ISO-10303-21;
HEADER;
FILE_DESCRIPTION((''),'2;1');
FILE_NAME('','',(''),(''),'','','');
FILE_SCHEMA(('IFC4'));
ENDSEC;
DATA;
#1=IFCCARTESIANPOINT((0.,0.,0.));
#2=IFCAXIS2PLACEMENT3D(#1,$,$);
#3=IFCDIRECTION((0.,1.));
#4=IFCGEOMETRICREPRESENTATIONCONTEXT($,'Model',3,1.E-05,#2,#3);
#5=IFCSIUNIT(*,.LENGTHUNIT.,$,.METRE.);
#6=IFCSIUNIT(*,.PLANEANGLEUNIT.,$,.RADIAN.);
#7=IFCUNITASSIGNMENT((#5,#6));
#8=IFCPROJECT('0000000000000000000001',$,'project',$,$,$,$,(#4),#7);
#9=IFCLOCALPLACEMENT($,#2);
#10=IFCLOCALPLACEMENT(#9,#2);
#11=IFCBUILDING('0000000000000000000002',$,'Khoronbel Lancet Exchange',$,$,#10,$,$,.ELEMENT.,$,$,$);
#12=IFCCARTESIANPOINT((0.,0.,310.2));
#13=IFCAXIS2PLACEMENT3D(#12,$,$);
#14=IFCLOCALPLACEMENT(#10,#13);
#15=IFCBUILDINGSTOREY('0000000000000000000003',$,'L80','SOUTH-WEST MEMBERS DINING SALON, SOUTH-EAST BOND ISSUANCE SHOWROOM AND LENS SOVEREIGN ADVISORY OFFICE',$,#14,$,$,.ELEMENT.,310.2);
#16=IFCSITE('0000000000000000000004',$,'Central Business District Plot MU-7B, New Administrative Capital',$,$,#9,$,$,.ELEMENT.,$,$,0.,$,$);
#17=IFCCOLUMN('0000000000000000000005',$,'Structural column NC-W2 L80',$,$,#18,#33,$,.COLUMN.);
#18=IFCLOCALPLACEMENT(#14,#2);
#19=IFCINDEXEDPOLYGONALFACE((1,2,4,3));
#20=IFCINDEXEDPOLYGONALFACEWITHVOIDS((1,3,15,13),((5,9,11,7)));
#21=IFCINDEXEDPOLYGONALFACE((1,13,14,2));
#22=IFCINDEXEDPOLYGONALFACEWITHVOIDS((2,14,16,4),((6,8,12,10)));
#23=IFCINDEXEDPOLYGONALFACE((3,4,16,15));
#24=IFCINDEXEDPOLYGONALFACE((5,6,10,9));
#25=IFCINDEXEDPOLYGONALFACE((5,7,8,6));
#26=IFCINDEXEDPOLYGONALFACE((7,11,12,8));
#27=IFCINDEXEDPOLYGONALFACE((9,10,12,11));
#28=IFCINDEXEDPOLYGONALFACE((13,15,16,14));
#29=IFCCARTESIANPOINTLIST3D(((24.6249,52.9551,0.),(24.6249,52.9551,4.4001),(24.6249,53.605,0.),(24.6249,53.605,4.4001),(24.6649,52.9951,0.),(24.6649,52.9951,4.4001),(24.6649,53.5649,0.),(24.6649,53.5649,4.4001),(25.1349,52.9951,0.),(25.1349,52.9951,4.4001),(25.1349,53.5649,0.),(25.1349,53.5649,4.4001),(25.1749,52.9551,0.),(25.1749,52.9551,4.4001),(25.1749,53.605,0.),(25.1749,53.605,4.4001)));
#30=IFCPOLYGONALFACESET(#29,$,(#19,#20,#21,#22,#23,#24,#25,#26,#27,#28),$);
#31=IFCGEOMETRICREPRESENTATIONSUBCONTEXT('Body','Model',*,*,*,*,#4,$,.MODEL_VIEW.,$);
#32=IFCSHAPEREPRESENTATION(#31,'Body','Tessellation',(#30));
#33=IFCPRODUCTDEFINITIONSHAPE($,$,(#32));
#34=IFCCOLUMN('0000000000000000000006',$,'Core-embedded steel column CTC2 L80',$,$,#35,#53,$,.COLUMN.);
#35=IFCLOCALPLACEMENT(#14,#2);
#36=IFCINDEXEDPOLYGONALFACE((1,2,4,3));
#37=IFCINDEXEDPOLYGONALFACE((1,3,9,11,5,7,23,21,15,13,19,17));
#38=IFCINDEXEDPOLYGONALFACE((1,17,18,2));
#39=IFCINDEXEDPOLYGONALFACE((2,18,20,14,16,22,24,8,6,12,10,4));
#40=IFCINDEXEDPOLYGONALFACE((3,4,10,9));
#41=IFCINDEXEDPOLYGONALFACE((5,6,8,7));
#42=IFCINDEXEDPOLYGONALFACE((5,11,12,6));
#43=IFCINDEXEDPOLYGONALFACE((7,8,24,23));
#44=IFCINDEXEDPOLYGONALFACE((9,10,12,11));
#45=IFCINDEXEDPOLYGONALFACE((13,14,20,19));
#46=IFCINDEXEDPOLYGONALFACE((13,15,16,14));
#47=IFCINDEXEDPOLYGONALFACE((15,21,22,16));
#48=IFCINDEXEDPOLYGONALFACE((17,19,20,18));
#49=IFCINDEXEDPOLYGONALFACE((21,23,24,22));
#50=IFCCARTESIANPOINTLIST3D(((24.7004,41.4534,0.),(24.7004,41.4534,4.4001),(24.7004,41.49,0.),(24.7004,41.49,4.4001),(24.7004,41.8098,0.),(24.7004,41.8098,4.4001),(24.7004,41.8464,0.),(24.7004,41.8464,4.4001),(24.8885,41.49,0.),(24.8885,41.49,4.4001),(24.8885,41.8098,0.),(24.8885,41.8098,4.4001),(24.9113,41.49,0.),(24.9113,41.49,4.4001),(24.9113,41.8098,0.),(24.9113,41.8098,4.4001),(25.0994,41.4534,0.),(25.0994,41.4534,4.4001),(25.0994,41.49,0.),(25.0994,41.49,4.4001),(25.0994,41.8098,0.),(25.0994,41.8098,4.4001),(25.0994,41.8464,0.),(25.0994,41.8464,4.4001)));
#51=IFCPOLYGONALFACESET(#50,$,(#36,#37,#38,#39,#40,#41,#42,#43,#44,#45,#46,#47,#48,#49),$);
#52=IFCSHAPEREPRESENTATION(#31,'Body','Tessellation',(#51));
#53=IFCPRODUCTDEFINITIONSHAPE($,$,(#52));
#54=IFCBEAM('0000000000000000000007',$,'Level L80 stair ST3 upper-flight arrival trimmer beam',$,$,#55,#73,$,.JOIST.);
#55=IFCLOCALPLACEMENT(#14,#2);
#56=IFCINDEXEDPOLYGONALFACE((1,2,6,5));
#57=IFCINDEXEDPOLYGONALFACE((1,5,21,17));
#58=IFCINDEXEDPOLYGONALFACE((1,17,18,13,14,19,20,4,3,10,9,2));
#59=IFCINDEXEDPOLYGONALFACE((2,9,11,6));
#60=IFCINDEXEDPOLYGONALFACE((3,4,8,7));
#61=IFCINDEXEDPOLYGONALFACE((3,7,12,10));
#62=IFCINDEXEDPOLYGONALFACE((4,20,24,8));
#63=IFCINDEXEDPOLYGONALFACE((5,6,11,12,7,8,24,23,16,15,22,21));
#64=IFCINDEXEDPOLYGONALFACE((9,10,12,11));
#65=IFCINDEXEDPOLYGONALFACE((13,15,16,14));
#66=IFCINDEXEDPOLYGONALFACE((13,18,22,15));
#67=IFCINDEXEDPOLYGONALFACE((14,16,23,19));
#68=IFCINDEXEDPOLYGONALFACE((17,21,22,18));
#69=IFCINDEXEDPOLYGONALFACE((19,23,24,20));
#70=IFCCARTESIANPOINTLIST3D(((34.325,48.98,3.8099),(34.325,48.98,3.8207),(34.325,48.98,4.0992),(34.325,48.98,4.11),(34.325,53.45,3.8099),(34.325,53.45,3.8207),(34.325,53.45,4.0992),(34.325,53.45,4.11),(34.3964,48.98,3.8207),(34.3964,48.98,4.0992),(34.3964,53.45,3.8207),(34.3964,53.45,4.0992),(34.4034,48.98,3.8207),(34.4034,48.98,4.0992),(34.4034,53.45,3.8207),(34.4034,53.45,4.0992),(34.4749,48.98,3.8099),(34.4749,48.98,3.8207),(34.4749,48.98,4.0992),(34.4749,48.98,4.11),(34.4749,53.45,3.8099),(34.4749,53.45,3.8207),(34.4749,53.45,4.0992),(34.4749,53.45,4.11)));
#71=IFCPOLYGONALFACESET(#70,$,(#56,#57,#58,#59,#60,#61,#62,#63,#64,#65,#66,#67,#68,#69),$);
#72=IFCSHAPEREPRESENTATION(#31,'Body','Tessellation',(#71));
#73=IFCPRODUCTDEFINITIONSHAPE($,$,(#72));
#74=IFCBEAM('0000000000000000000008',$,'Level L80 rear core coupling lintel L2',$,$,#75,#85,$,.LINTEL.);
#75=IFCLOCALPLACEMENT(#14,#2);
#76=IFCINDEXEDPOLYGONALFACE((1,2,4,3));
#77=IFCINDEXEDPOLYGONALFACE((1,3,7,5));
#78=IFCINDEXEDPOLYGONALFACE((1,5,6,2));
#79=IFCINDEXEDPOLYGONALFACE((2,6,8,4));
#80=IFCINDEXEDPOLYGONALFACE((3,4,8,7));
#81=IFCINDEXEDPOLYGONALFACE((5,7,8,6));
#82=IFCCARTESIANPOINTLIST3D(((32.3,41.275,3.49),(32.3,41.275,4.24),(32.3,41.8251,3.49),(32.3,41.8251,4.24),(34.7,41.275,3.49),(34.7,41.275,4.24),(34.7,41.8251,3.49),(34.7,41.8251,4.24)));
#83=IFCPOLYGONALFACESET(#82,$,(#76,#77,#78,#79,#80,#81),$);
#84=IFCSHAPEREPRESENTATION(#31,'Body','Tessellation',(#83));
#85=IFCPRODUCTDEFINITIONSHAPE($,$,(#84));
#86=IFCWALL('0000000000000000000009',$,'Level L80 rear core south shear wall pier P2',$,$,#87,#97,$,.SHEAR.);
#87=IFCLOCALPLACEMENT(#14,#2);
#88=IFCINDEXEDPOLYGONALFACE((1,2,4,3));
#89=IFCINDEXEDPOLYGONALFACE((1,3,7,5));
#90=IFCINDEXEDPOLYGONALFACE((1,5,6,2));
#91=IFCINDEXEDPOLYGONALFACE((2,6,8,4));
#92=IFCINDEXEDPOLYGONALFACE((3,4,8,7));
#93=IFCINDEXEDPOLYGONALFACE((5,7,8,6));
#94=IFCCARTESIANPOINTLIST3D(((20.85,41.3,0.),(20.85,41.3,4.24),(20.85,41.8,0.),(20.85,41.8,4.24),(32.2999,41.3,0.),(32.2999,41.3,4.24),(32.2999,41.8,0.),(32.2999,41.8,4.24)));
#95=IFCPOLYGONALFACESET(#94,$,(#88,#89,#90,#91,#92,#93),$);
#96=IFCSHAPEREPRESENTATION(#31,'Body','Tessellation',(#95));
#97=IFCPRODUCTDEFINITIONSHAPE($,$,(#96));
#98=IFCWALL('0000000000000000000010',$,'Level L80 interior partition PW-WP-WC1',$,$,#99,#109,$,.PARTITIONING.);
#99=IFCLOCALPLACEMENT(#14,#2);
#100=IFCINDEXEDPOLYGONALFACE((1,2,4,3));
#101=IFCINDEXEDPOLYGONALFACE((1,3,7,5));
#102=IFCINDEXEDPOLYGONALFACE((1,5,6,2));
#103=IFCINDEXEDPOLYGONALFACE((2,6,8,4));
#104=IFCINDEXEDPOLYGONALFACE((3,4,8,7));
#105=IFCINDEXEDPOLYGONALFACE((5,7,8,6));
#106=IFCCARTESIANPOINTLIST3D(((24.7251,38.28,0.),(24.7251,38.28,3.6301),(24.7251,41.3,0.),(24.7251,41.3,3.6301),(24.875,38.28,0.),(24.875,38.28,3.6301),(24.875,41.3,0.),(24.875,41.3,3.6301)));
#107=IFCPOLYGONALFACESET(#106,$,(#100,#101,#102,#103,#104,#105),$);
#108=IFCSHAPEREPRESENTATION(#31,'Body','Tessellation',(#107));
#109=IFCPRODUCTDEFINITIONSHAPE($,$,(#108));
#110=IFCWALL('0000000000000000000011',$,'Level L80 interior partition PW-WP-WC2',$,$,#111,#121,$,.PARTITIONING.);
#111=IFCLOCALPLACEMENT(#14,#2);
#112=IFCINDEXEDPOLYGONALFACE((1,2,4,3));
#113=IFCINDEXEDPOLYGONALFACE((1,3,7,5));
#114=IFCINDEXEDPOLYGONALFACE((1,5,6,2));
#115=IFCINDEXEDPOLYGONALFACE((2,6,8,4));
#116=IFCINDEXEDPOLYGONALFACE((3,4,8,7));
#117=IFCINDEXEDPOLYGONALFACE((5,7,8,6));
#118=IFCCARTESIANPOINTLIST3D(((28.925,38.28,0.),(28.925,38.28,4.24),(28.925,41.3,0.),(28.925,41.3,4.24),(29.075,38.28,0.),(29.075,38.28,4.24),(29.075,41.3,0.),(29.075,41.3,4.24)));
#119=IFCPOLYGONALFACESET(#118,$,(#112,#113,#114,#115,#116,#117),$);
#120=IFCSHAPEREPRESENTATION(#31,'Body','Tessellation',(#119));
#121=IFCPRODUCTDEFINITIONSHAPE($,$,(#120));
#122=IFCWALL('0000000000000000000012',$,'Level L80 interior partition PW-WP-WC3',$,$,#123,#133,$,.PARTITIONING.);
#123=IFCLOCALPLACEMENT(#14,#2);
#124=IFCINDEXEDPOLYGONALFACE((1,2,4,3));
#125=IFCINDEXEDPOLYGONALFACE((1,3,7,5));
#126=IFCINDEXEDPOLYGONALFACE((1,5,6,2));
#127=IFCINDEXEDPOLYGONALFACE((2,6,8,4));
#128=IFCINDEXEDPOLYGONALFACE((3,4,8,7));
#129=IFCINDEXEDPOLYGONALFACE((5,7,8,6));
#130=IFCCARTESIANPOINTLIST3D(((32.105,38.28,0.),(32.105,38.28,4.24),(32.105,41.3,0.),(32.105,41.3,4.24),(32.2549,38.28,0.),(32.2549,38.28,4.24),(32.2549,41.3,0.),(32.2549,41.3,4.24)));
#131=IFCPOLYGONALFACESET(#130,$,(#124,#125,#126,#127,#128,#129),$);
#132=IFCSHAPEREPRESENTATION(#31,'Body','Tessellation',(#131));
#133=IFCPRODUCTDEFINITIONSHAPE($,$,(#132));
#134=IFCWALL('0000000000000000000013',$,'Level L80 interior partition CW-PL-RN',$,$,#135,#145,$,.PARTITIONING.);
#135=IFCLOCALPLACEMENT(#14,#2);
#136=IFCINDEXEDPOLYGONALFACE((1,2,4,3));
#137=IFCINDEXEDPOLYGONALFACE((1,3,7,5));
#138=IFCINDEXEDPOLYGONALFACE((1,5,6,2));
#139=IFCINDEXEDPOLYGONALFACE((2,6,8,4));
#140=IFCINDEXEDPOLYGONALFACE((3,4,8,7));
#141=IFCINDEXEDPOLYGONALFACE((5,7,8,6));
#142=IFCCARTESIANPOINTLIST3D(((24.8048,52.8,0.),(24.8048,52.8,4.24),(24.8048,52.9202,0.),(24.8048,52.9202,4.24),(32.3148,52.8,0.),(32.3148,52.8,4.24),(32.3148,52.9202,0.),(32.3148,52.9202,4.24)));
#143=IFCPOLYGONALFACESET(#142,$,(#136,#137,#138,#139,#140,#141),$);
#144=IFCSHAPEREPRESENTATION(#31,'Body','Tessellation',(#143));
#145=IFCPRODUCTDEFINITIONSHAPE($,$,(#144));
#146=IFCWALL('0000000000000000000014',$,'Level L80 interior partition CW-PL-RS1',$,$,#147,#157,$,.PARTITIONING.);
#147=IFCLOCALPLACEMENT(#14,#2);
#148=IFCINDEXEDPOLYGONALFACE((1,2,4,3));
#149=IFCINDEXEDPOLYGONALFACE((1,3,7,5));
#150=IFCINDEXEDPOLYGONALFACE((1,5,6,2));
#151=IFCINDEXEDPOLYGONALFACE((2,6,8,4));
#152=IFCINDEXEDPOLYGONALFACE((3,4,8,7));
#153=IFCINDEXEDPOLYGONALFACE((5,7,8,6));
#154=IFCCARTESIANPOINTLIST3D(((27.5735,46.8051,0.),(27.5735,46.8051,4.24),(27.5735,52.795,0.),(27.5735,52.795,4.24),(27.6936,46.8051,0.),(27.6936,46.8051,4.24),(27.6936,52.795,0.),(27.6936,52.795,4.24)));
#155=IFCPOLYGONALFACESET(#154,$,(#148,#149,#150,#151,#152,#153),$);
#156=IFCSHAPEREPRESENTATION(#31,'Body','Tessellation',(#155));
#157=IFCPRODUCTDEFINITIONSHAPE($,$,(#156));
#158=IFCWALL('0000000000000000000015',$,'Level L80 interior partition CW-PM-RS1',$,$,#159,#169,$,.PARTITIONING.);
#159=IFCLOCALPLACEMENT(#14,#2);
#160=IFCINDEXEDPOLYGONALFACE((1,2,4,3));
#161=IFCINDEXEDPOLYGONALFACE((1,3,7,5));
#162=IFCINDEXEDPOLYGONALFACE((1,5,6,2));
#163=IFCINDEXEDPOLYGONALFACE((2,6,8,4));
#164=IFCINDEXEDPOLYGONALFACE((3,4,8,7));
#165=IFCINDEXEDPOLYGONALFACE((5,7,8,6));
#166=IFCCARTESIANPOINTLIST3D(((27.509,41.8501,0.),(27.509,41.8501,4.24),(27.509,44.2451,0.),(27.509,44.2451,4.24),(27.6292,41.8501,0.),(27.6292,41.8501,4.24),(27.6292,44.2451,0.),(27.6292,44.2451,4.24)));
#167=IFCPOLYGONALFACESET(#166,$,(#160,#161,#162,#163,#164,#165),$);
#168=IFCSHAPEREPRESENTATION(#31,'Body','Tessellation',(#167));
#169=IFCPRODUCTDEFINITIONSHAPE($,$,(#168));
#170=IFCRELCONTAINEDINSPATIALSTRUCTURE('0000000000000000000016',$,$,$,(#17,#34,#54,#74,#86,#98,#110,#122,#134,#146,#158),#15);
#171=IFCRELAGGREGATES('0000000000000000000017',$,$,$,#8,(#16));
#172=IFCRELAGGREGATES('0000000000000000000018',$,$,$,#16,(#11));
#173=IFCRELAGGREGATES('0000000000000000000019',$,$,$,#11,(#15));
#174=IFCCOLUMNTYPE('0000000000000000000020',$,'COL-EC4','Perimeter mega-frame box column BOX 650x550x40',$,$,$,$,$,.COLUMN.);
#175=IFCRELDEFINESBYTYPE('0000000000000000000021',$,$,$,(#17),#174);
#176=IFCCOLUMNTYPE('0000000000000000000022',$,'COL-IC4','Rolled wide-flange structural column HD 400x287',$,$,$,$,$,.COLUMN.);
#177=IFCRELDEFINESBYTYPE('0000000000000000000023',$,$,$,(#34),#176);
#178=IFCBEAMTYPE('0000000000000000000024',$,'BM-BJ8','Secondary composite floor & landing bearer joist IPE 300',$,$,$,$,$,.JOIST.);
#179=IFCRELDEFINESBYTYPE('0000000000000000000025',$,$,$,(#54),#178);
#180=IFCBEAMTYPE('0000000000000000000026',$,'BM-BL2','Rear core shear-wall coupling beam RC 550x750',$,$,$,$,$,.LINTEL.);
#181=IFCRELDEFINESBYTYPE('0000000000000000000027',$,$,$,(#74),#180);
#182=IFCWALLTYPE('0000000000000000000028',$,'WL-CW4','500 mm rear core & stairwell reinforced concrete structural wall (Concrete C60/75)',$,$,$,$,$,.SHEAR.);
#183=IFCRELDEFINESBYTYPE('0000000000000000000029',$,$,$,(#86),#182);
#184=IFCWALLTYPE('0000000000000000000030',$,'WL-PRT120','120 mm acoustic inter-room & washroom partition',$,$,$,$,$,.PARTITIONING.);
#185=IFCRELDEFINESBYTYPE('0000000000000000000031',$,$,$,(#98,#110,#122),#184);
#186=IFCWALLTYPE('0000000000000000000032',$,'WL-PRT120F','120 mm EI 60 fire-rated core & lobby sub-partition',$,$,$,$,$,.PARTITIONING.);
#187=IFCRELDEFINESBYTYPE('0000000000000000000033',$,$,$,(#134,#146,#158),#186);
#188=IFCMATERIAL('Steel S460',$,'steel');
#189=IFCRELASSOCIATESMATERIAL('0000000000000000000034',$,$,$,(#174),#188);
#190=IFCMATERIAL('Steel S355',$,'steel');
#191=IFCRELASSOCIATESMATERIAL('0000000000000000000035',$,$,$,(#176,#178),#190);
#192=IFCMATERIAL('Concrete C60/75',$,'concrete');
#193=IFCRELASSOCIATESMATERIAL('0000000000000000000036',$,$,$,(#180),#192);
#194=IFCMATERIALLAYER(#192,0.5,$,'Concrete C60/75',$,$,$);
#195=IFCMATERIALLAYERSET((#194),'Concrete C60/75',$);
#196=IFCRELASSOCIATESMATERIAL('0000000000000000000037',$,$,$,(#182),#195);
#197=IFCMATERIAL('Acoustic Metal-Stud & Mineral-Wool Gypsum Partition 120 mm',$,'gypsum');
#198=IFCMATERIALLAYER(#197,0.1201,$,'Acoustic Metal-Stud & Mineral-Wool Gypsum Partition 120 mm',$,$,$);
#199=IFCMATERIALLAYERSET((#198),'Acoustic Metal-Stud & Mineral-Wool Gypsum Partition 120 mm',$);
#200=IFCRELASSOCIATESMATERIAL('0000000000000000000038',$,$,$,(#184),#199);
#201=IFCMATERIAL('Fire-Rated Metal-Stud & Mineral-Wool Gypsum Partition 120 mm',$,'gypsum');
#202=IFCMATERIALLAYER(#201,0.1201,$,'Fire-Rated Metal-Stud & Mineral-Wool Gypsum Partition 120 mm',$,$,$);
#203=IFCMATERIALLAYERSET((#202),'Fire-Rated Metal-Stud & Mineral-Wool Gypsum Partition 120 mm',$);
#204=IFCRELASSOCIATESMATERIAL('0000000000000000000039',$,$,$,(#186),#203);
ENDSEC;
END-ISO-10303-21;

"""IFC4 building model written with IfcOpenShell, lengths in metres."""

from ifc_helpers import new_model, si_unit, direction, frame, frame_2d, origin, origin_2d, place, context, subcontext, project, spatial, rectangle, hollow_rectangle, i_section, extrude, material, layer, layer_set, material_profile, profile_set, type_object, element, save


model = new_model("IFC4")

# Units and contexts
model_context = context("Model", 3, precision=1e-05, world=origin(), true_north=direction((0.0, 1.0)))
body_context = subcontext(model_context, "Body", "Model", "MODEL_VIEW")
ifc_project = project(units=[si_unit("LENGTHUNIT", "METRE"), si_unit("PLANEANGLEUNIT", "RADIAN")], contexts=[model_context])

# Site, building, storey
site_placement = place(None, origin())
site = spatial("IfcSite", under=ifc_project, at=site_placement, Name="Central Business District Plot MU-7B, New Administrative Capital", CompositionType="ELEMENT", RefElevation=0.0)
building_placement = place(site_placement, origin())
building = spatial("IfcBuilding", under=site, at=building_placement, Name="Khoronbel Lancet Exchange", CompositionType="ELEMENT")
storey_placement = place(building_placement, frame((0.0, 0.0, 310.2)))
storey = spatial("IfcBuildingStorey", under=building, at=storey_placement, Name="L80", Description="SOUTH-WEST MEMBERS DINING SALON, SOUTH-EAST BOND ISSUANCE SHOWROOM AND LENS SOVEREIGN ADVISORY OFFICE", CompositionType="ELEMENT", Elevation=310.2)

# Columns
ifc_material_1 = material(Name="Steel S460", Category="steel")
ifc_material_profile_1 = material_profile(ifc_material_1, hollow_rectangle(XDim=0.55, YDim=0.6499, WallThickness=0.04, at=origin_2d()), Name="BOX 650x550x40")
ifc_profile_set_1 = profile_set([ifc_material_profile_1], Name="Steel S460")
column_type_1 = type_object("IfcColumnType", Name="COL-EC4", Description="Perimeter mega-frame box column BOX 650x550x40", PredefinedType="COLUMN", material=ifc_profile_set_1)
column_1_placement = place(storey_placement, frame((24.8999, 53.28, 0.0), z_axis=(0.0, 0.0, 1.0), x_axis=(1.0, 0.0, 0.0)))
element("IfcColumn", 1, at=column_1_placement, inside=storey, type_object=column_type_1, Name="Structural column NC-W2 L80", PredefinedType="COLUMN", context=body_context, shape_type="SweptSolid", body=[
    extrude(hollow_rectangle(XDim=0.55, YDim=0.6499, WallThickness=0.04, at=origin_2d()), origin(), (0.0, 0.0, 1.0), 4.4001),
])
ifc_material_2 = material(Name="Steel S355", Category="steel")
ifc_material_profile_2 = material_profile(ifc_material_2, i_section(OverallWidth=0.3989, OverallDepth=0.3931, WebThickness=0.0227, FlangeThickness=0.0366, at=origin_2d()), Name="HD 400x287")
ifc_profile_set_2 = profile_set([ifc_material_profile_2], Name="Steel S355")
column_type_2 = type_object("IfcColumnType", Name="COL-IC4", Description="Rolled wide-flange structural column HD 400x287", PredefinedType="COLUMN", material=ifc_profile_set_2)
column_2_placement = place(storey_placement, frame((24.8999, 41.6499, 0.0), z_axis=(0.0, 0.0, 1.0), x_axis=(1.0, 0.0, 0.0)))
element("IfcColumn", 2, at=column_2_placement, inside=storey, type_object=column_type_2, Name="Core-embedded steel column CTC2 L80", PredefinedType="COLUMN", context=body_context, shape_type="SweptSolid", body=[
    extrude(i_section(OverallWidth=0.3989, OverallDepth=0.3931, WebThickness=0.0227, FlangeThickness=0.0366, at=origin_2d()), origin(), (0.0, 0.0, 1.0), 4.4001),
])

# Beams
ifc_material_profile_3 = material_profile(ifc_material_2, i_section(OverallWidth=0.1499, OverallDepth=0.3, WebThickness=0.0071, FlangeThickness=0.0107, at=origin_2d()), Name="IPE 300")
ifc_profile_set_3 = profile_set([ifc_material_profile_3], Name="Steel S355")
beam_type_1 = type_object("IfcBeamType", Name="BM-BJ8", Description="Secondary composite floor & landing bearer joist IPE 300", PredefinedType="JOIST", material=ifc_profile_set_3)
beam_1_placement = place(storey_placement, frame((34.3999, 48.98, 3.96), z_axis=(0.0, 1.0, 0.0), x_axis=(-1.0, 0.0, 0.0)))
element("IfcBeam", 3, at=beam_1_placement, inside=storey, type_object=beam_type_1, Name="Level L80 stair ST3 upper-flight arrival trimmer beam", PredefinedType="JOIST", context=body_context, shape_type="SweptSolid", body=[
    extrude(i_section(OverallWidth=0.1499, OverallDepth=0.3, WebThickness=0.0071, FlangeThickness=0.0107, at=origin_2d()), origin(), (0.0, 0.0, 1.0), 4.47),
])
ifc_material_3 = material(Name="Concrete C60/75", Category="concrete")
ifc_material_profile_4 = material_profile(ifc_material_3, rectangle(XDim=0.55, YDim=0.75, at=origin_2d()), Name="RC 550x750")
ifc_profile_set_4 = profile_set([ifc_material_profile_4], Name="Concrete C60/75")
beam_type_2 = type_object("IfcBeamType", Name="BM-BL2", Description="Rear core shear-wall coupling beam RC 550x750", PredefinedType="LINTEL", material=ifc_profile_set_4)
beam_2_placement = place(storey_placement, frame((32.3, 41.55, 3.865), z_axis=(1.0, 0.0, 0.0), x_axis=(0.0, 1.0, 0.0)))
element("IfcBeam", 4, at=beam_2_placement, inside=storey, type_object=beam_type_2, Name="Level L80 rear core coupling lintel L2", PredefinedType="LINTEL", context=body_context, shape_type="SweptSolid", body=[
    extrude(rectangle(XDim=0.55, YDim=0.75, at=origin_2d()), origin(), (0.0, 0.0, 1.0), 2.3999),
])

# Walls
ifc_layer_1 = layer(ifc_material_3, 0.5, Name="Concrete C60/75")
ifc_layer_set_1 = layer_set([ifc_layer_1], Name="Concrete C60/75")
wall_type_1 = type_object("IfcWallType", Name="WL-CW4", Description="500 mm rear core & stairwell reinforced concrete structural wall (Concrete C60/75)", PredefinedType="SHEAR", material=ifc_layer_set_1)
wall_1_placement = place(storey_placement, frame((32.3, 41.55, 0.0), z_axis=(0.0, 0.0, 1.0), x_axis=(-1.0, 0.0, 0.0)))
element("IfcWall", 5, at=wall_1_placement, inside=storey, type_object=wall_type_1, Name="Level L80 rear core south shear wall pier P2", PredefinedType="SHEAR", context=body_context, shape_type="SweptSolid", body=[
    extrude(rectangle(XDim=11.45, YDim=0.5, at=frame_2d((5.7251, 0.0))), origin(), (0.0, 0.0, 1.0), 4.24),
])
ifc_material_4 = material(Name="Acoustic Metal-Stud & Mineral-Wool Gypsum Partition 120 mm", Category="gypsum")
ifc_layer_2 = layer(ifc_material_4, 0.1201, Name="Acoustic Metal-Stud & Mineral-Wool Gypsum Partition 120 mm")
ifc_layer_set_2 = layer_set([ifc_layer_2], Name="Acoustic Metal-Stud & Mineral-Wool Gypsum Partition 120 mm")
wall_type_2 = type_object("IfcWallType", Name="WL-PRT120", Description="120 mm acoustic inter-room & washroom partition", PredefinedType="PARTITIONING", material=ifc_layer_set_2)
wall_2_placement = place(storey_placement, frame((24.8, 38.28, 0.0), z_axis=(0.0, 0.0, 1.0), x_axis=(0.0, 1.0, 0.0)))
element("IfcWall", 6, at=wall_2_placement, inside=storey, type_object=wall_type_2, Name="Level L80 interior partition PW-WP-WC1", PredefinedType="PARTITIONING", context=body_context, shape_type="SweptSolid", body=[
    extrude(rectangle(XDim=3.02, YDim=0.1499, at=frame_2d((1.51, 0.0))), origin(), (0.0, 0.0, 1.0), 3.6301),
])
for number, where, z_axis, x_axis, name in (
    (7, (29.0, 38.28, 0.0), (0.0, 0.0, 1.0), (0.0, 1.0, 0.0), "Level L80 interior partition PW-WP-WC2"),
    (8, (32.1799, 38.28, 0.0), (0.0, 0.0, 1.0), (0.0, 1.0, 0.0), "Level L80 interior partition PW-WP-WC3"),
):
    element("IfcWall", number, at=place(storey_placement, frame(where, z_axis=z_axis, x_axis=x_axis)), inside=storey, type_object=wall_type_2, Name=name, PredefinedType="PARTITIONING", context=body_context, shape_type="SweptSolid", body=[
        extrude(rectangle(XDim=3.02, YDim=0.1499, at=frame_2d((1.51, 0.0))), origin(), (0.0, 0.0, 1.0), 4.24),
    ])
ifc_material_5 = material(Name="Fire-Rated Metal-Stud & Mineral-Wool Gypsum Partition 120 mm", Category="gypsum")
ifc_layer_3 = layer(ifc_material_5, 0.1201, Name="Fire-Rated Metal-Stud & Mineral-Wool Gypsum Partition 120 mm")
ifc_layer_set_3 = layer_set([ifc_layer_3], Name="Fire-Rated Metal-Stud & Mineral-Wool Gypsum Partition 120 mm")
wall_type_3 = type_object("IfcWallType", Name="WL-PRT120F", Description="120 mm EI 60 fire-rated core & lobby sub-partition", PredefinedType="PARTITIONING", material=ifc_layer_set_3)
wall_3_placement = place(storey_placement, frame((24.8049, 52.8601, 0.0), z_axis=(0.0, 0.0, 1.0), x_axis=(1.0, 0.0, 0.0)))
element("IfcWall", 9, at=wall_3_placement, inside=storey, type_object=wall_type_3, Name="Level L80 interior partition CW-PL-RN", PredefinedType="PARTITIONING", context=body_context, shape_type="SweptSolid", body=[
    extrude(rectangle(XDim=7.51, YDim=0.1201, at=frame_2d((3.7549, 0.0))), origin(), (0.0, 0.0, 1.0), 4.24),
])
wall_4_placement = place(storey_placement, frame((27.6335, 46.8049, 0.0), z_axis=(0.0, 0.0, 1.0), x_axis=(0.0, 1.0, 0.0)))
element("IfcWall", 10, at=wall_4_placement, inside=storey, type_object=wall_type_3, Name="Level L80 interior partition CW-PL-RS1", PredefinedType="PARTITIONING", context=body_context, shape_type="SweptSolid", body=[
    extrude(rectangle(XDim=5.99, YDim=0.1201, at=frame_2d((2.9951, 0.0))), origin(), (0.0, 0.0, 1.0), 4.24),
])
wall_5_placement = place(storey_placement, frame((27.5691, 41.8501, 0.0), z_axis=(0.0, 0.0, 1.0), x_axis=(0.0, 1.0, 0.0)))
element("IfcWall", 11, at=wall_5_placement, inside=storey, type_object=wall_type_3, Name="Level L80 interior partition CW-PM-RS1", PredefinedType="PARTITIONING", context=body_context, shape_type="SweptSolid", body=[
    extrude(rectangle(XDim=2.395, YDim=0.1201, at=frame_2d((1.1975, 0.0))), origin(), (0.0, 0.0, 1.0), 4.24),
])

save(model, "model.ifc")
